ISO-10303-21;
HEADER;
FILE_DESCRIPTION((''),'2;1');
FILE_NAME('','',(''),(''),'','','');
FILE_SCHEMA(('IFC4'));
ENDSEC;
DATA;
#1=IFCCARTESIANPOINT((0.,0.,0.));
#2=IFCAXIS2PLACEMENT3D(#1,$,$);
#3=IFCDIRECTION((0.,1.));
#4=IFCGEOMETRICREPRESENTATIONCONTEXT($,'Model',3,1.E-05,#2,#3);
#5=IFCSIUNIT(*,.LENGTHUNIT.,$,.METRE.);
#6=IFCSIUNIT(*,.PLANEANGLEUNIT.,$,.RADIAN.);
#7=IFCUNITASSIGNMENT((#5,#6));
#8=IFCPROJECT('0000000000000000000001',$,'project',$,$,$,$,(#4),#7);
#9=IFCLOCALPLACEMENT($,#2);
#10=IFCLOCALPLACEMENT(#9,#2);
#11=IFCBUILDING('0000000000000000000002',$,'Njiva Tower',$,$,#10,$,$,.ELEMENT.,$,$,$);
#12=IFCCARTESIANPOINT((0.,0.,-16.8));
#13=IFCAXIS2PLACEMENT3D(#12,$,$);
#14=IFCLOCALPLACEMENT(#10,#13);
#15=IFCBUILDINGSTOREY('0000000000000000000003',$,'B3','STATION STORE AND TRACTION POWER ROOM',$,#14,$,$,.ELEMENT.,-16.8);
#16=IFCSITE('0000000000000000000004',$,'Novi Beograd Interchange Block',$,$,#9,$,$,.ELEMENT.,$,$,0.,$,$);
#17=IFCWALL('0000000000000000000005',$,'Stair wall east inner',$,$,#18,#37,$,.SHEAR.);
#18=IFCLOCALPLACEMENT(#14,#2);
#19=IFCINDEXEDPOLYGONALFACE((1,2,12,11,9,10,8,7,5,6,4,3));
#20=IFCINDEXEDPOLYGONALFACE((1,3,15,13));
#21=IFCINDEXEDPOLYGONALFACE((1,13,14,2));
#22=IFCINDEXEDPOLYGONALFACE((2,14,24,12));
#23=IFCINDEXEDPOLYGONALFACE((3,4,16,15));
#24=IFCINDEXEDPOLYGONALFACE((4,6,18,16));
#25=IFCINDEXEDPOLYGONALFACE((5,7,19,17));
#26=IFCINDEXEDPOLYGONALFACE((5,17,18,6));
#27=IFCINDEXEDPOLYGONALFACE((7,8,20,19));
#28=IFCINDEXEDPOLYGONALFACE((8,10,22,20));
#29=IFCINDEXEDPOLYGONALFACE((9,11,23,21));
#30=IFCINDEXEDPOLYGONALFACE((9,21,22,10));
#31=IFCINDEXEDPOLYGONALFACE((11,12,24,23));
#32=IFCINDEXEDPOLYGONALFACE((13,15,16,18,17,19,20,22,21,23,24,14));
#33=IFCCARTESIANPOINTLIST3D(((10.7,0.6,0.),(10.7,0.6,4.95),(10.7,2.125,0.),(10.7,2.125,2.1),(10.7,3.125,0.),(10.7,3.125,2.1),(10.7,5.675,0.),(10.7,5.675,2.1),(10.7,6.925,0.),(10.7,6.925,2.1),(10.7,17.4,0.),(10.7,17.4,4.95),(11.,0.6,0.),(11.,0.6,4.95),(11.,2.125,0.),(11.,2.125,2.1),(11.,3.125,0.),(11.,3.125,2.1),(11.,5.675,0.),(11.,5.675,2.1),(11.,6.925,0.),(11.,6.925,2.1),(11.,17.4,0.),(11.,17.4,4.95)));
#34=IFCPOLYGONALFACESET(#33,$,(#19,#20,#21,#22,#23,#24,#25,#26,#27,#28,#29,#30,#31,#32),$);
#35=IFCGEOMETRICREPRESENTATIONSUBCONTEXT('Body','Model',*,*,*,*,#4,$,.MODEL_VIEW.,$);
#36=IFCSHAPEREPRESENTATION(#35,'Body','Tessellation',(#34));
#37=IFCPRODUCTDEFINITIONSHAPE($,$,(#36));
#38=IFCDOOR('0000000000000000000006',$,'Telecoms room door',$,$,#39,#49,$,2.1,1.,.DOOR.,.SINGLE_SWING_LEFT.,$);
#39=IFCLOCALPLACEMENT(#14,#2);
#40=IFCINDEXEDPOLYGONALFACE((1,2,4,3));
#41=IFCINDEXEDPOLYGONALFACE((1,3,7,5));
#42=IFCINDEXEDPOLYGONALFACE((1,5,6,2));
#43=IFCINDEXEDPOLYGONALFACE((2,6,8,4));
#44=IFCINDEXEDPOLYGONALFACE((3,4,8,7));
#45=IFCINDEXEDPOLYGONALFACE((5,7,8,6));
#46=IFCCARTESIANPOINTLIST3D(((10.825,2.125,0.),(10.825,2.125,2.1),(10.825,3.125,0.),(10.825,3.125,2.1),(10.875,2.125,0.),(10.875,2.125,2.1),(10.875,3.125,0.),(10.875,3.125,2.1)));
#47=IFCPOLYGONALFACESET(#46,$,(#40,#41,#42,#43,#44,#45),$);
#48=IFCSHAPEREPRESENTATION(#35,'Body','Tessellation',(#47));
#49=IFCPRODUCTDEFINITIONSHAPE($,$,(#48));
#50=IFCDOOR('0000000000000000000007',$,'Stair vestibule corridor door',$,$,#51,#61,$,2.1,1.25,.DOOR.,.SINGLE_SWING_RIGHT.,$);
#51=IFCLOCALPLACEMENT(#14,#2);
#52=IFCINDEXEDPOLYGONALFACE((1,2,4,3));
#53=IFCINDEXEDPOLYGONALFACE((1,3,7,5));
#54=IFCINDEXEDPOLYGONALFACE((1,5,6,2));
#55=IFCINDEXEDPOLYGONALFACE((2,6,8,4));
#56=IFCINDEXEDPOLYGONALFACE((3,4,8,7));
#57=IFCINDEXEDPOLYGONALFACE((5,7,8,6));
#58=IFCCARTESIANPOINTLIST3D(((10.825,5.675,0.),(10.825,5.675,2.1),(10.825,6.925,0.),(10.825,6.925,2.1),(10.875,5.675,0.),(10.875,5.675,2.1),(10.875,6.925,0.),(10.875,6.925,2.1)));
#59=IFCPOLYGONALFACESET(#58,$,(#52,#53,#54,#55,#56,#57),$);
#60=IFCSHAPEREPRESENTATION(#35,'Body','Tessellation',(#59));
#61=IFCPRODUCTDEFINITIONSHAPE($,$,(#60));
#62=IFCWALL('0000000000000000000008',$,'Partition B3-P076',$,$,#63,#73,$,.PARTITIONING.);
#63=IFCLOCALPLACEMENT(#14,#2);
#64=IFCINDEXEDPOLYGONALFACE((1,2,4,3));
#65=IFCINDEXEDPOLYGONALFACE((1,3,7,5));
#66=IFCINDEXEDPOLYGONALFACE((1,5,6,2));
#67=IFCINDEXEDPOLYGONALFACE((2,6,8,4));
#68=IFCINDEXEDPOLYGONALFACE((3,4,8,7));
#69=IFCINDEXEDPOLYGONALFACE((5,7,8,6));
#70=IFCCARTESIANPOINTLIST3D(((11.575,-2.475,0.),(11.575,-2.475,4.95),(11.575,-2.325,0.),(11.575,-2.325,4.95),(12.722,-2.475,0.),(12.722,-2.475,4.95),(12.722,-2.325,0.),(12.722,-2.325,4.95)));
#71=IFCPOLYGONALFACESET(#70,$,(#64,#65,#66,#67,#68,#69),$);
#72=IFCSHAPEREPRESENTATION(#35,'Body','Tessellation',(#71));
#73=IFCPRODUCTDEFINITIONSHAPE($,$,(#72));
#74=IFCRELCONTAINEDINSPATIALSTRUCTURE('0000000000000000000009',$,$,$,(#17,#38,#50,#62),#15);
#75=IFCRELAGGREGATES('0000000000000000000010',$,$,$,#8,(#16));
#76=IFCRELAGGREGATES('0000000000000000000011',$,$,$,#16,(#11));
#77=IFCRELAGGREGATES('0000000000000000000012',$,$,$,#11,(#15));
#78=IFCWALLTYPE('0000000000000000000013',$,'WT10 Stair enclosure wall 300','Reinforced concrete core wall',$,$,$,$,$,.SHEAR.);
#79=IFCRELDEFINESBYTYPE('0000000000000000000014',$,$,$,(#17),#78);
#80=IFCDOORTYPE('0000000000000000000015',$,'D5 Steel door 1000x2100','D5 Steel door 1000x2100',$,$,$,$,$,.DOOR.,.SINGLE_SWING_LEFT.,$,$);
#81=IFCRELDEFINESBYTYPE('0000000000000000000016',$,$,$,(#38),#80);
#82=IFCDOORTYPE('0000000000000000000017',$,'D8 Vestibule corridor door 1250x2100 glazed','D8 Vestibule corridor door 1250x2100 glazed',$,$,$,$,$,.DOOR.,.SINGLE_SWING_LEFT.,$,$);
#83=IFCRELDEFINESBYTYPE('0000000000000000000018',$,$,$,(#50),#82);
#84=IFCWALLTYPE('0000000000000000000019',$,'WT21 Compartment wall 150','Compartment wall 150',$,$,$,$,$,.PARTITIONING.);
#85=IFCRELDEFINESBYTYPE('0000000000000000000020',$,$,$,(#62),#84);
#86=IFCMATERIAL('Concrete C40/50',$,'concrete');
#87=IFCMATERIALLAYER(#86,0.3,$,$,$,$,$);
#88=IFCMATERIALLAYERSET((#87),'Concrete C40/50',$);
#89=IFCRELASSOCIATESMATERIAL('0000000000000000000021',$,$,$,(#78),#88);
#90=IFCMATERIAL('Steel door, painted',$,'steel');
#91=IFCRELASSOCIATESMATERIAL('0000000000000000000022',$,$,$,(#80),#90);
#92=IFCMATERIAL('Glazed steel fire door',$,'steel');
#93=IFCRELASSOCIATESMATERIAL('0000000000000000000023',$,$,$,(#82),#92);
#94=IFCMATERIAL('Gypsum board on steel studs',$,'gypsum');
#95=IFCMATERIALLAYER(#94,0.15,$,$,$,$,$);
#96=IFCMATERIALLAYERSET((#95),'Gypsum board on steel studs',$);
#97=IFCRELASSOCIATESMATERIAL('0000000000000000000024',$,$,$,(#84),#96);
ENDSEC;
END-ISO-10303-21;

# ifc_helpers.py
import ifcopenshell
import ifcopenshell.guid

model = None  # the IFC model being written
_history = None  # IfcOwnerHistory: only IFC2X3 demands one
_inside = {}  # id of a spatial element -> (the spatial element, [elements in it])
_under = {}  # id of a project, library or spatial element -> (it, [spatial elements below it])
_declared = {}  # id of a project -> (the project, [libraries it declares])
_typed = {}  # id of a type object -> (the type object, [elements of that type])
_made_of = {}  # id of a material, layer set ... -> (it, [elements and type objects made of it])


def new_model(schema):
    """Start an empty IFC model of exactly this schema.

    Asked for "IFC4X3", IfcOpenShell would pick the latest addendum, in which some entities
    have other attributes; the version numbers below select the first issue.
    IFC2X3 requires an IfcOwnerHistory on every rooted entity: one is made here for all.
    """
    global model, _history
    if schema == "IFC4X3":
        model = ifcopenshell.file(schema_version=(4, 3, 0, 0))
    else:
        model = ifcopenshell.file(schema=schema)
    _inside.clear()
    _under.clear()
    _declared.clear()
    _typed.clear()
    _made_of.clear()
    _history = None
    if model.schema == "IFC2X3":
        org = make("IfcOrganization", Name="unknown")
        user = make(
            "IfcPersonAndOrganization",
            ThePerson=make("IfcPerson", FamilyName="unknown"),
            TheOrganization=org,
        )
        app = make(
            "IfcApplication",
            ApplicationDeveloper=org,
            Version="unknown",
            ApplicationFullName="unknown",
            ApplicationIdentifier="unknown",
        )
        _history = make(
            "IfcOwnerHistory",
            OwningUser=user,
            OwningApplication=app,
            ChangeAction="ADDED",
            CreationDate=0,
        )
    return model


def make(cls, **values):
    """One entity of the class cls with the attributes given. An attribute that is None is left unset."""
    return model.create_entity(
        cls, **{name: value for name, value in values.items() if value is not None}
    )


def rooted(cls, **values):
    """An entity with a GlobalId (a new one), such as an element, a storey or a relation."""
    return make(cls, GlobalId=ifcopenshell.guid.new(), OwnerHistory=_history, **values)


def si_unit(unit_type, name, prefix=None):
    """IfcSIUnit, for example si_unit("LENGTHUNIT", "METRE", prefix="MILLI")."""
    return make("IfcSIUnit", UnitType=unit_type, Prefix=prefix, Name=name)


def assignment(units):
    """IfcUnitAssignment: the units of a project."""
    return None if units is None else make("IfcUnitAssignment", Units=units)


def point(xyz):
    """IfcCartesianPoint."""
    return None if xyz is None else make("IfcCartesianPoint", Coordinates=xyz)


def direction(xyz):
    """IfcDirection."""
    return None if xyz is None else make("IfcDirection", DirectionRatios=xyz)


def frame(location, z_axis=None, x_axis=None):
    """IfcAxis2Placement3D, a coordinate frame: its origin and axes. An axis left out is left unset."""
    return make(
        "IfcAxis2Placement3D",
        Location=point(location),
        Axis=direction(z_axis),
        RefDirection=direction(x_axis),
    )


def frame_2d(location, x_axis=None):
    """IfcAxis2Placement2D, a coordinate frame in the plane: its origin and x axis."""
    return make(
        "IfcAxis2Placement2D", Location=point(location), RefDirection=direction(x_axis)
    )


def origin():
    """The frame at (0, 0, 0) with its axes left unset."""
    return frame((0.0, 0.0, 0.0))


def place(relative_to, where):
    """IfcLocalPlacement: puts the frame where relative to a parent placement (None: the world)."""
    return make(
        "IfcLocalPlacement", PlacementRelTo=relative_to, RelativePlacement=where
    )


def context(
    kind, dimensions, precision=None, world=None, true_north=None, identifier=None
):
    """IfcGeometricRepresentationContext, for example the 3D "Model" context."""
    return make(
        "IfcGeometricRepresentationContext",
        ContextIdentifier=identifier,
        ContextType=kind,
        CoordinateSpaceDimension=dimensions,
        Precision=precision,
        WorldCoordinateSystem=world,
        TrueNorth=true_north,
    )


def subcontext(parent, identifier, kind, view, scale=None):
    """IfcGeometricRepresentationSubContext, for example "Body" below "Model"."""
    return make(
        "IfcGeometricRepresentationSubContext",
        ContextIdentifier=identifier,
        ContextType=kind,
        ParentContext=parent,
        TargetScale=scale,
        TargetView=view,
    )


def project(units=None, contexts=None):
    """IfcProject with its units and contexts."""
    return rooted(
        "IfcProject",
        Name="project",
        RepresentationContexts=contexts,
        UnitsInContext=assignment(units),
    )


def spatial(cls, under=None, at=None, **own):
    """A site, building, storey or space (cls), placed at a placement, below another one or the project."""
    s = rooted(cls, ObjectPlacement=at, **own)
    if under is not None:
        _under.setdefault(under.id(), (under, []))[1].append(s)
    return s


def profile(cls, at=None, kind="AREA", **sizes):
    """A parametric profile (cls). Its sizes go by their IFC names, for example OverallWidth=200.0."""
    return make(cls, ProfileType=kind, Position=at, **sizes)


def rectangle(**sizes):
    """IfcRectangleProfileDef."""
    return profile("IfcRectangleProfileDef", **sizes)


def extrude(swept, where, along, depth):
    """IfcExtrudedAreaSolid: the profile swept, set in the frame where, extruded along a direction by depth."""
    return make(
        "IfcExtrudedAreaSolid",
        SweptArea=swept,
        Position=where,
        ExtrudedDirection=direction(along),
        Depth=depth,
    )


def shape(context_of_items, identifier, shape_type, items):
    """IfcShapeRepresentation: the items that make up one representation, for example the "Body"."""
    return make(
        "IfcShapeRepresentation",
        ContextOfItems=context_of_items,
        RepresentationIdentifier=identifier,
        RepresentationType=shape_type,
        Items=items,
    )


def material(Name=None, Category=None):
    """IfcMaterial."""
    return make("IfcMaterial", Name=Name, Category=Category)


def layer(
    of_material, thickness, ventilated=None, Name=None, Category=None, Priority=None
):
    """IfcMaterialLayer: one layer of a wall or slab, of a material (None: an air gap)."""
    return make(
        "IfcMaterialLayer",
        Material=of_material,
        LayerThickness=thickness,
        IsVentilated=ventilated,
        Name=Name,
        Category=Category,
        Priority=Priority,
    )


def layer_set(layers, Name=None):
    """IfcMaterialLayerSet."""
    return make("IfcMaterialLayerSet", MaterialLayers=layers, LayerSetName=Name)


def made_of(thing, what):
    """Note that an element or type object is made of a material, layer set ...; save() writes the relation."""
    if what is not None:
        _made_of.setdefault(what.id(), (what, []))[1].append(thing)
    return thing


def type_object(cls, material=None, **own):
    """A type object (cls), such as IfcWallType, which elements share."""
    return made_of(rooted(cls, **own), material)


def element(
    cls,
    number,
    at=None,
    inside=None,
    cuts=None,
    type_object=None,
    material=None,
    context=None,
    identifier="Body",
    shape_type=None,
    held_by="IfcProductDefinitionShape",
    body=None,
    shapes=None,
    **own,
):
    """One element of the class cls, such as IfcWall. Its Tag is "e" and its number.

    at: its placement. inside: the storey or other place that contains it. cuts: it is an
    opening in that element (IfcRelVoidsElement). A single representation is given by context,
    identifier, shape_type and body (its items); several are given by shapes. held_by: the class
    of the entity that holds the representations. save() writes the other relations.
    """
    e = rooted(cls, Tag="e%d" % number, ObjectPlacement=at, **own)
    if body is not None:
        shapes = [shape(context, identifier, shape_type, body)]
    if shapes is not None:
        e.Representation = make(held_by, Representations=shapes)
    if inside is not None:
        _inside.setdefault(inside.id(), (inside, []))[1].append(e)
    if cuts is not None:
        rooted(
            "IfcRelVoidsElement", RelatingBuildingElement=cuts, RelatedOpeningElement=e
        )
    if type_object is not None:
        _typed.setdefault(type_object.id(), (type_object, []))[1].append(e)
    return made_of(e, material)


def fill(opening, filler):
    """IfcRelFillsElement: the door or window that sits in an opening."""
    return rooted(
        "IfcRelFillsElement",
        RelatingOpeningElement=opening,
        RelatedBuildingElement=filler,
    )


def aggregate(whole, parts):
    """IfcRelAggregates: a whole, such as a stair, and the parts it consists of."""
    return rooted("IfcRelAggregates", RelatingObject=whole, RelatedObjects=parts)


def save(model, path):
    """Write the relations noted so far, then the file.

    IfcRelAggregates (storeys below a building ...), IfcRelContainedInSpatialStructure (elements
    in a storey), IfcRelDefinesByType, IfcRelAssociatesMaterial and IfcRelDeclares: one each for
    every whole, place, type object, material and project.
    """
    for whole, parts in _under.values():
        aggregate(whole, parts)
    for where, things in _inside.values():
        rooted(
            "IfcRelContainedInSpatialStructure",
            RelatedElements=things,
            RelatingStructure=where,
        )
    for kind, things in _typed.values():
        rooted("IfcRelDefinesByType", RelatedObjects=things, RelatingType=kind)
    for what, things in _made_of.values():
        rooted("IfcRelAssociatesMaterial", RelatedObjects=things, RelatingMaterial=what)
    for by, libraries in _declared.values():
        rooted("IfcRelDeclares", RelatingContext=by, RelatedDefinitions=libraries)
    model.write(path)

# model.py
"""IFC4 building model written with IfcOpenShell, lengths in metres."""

from ifc_helpers import new_model, si_unit, direction, frame, frame_2d, origin, place, context, subcontext, project, spatial, rectangle, extrude, material, layer, layer_set, type_object, element, fill, save


model = new_model("IFC4")

# Units and contexts
model_context = context("Model", 3, precision=1e-05, world=origin(), true_north=direction((0.0, 1.0)))
body_context = subcontext(model_context, "Body", "Model", "MODEL_VIEW")
ifc_project = project(units=[si_unit("LENGTHUNIT", "METRE"), si_unit("PLANEANGLEUNIT", "RADIAN")], contexts=[model_context])

# Site, building, storey
site_placement = place(None, origin())
site = spatial("IfcSite", under=ifc_project, at=site_placement, Name="Novi Beograd Interchange Block", CompositionType="ELEMENT", RefElevation=0.0)
building_placement = place(site_placement, origin())
building = spatial("IfcBuilding", under=site, at=building_placement, Name="Njiva Tower", CompositionType="ELEMENT")
storey_placement = place(building_placement, frame((0.0, 0.0, -16.8)))
storey = spatial("IfcBuildingStorey", under=building, at=storey_placement, Name="B3", Description="STATION STORE AND TRACTION POWER ROOM", CompositionType="ELEMENT", Elevation=-16.8)

# Shared definitions
ifc_material_1 = material(Name="Concrete C40/50", Category="concrete")

# Wall, openings, doors
ifc_layer_1 = layer(ifc_material_1, 0.3)
ifc_layer_set_1 = layer_set([ifc_layer_1], Name="Concrete C40/50")
wall_type_1 = type_object("IfcWallType", Name="WT10 Stair enclosure wall 300", Description="Reinforced concrete core wall", PredefinedType="SHEAR", material=ifc_layer_set_1)
wall_1_placement = place(storey_placement, frame((10.85, 0.6, 0.0), z_axis=(0.0, 0.0, 1.0), x_axis=(0.0, 1.0, 0.0)))
wall_1 = element("IfcWall", 1, at=wall_1_placement, inside=storey, type_object=wall_type_1, Name="Stair wall east inner", PredefinedType="SHEAR", context=body_context, shape_type="SweptSolid", body=[
    extrude(rectangle(XDim=16.8, YDim=0.3, at=frame_2d((8.4, 0.0))), origin(), (0.0, 0.0, 1.0), 4.95),
])
opening_1_placement = place(wall_1_placement, frame((5.075, 0.0, 0.0)))
opening_1 = element("IfcOpeningElement", 2, at=opening_1_placement, cuts=wall_1, PredefinedType="OPENING", context=body_context, shape_type="SweptSolid", body=[
    extrude(rectangle(XDim=1.25, YDim=2.1, at=frame_2d((0.625, 1.05))), frame((0.0, 0.16, 0.0), z_axis=(0.0, -1.0, 0.0), x_axis=(1.0, 0.0, 0.0)), (0.0, 0.0, 1.0), 0.32),
])
opening_2_placement = place(wall_1_placement, frame((1.525, 0.0, 0.0)))
opening_2 = element("IfcOpeningElement", 3, at=opening_2_placement, cuts=wall_1, PredefinedType="OPENING", context=body_context, shape_type="SweptSolid", body=[
    extrude(rectangle(XDim=1.0, YDim=2.1, at=frame_2d((0.5, 1.05))), frame((0.0, 0.16, 0.0), z_axis=(0.0, -1.0, 0.0), x_axis=(1.0, 0.0, 0.0)), (0.0, 0.0, 1.0), 0.32),
])
ifc_material_2 = material(Name="Steel door, painted", Category="steel")
door_type_1 = type_object("IfcDoorType", Name="D5 Steel door 1000x2100", Description="D5 Steel door 1000x2100", OperationType="SINGLE_SWING_LEFT", PredefinedType="DOOR", material=ifc_material_2)
door_1_placement = place(opening_2_placement, origin())
door_1 = element("IfcDoor", 4, at=door_1_placement, inside=storey, type_object=door_type_1, Name="Telecoms room door", OperationType="SINGLE_SWING_LEFT", OverallHeight=2.1, OverallWidth=1.0, PredefinedType="DOOR", context=body_context, shape_type="SweptSolid", body=[
    extrude(rectangle(XDim=1.0, YDim=2.1, at=frame_2d((0.5, 1.05))), frame((0.0, 0.025, 0.0), z_axis=(0.0, -1.0, 0.0), x_axis=(1.0, 0.0, 0.0)), (0.0, 0.0, 1.0), 0.05),
])
fill(opening_2, door_1)
ifc_material_3 = material(Name="Glazed steel fire door", Category="steel")
door_type_2 = type_object("IfcDoorType", Name="D8 Vestibule corridor door 1250x2100 glazed", Description="D8 Vestibule corridor door 1250x2100 glazed", OperationType="SINGLE_SWING_LEFT", PredefinedType="DOOR", material=ifc_material_3)
door_2_placement = place(opening_1_placement, origin())
door_2 = element("IfcDoor", 5, at=door_2_placement, inside=storey, type_object=door_type_2, Name="Stair vestibule corridor door", OperationType="SINGLE_SWING_RIGHT", OverallHeight=2.1, OverallWidth=1.25, PredefinedType="DOOR", context=body_context, shape_type="SweptSolid", body=[
    extrude(rectangle(XDim=1.25, YDim=2.1, at=frame_2d((0.625, 1.05))), frame((0.0, 0.025, 0.0), z_axis=(0.0, -1.0, 0.0), x_axis=(1.0, 0.0, 0.0)), (0.0, 0.0, 1.0), 0.05),
])
fill(opening_1, door_2)

# Wall
ifc_material_4 = material(Name="Gypsum board on steel studs", Category="gypsum")
ifc_layer_2 = layer(ifc_material_4, 0.15)
ifc_layer_set_2 = layer_set([ifc_layer_2], Name="Gypsum board on steel studs")
wall_type_2 = type_object("IfcWallType", Name="WT21 Compartment wall 150", Description="Compartment wall 150", PredefinedType="PARTITIONING", material=ifc_layer_set_2)
wall_2_placement = place(storey_placement, frame((11.575, -2.4, 0.0), z_axis=(0.0, 0.0, 1.0), x_axis=(1.0, 0.0, 0.0)))
element("IfcWall", 6, at=wall_2_placement, inside=storey, type_object=wall_type_2, Name="Partition B3-P076", PredefinedType="PARTITIONING", context=body_context, shape_type="SweptSolid", body=[
    extrude(rectangle(XDim=1.147, YDim=0.15, at=frame_2d((0.5735, 0.0))), origin(), (0.0, 0.0, 1.0), 4.95),
])

save(model, "model.ifc")
